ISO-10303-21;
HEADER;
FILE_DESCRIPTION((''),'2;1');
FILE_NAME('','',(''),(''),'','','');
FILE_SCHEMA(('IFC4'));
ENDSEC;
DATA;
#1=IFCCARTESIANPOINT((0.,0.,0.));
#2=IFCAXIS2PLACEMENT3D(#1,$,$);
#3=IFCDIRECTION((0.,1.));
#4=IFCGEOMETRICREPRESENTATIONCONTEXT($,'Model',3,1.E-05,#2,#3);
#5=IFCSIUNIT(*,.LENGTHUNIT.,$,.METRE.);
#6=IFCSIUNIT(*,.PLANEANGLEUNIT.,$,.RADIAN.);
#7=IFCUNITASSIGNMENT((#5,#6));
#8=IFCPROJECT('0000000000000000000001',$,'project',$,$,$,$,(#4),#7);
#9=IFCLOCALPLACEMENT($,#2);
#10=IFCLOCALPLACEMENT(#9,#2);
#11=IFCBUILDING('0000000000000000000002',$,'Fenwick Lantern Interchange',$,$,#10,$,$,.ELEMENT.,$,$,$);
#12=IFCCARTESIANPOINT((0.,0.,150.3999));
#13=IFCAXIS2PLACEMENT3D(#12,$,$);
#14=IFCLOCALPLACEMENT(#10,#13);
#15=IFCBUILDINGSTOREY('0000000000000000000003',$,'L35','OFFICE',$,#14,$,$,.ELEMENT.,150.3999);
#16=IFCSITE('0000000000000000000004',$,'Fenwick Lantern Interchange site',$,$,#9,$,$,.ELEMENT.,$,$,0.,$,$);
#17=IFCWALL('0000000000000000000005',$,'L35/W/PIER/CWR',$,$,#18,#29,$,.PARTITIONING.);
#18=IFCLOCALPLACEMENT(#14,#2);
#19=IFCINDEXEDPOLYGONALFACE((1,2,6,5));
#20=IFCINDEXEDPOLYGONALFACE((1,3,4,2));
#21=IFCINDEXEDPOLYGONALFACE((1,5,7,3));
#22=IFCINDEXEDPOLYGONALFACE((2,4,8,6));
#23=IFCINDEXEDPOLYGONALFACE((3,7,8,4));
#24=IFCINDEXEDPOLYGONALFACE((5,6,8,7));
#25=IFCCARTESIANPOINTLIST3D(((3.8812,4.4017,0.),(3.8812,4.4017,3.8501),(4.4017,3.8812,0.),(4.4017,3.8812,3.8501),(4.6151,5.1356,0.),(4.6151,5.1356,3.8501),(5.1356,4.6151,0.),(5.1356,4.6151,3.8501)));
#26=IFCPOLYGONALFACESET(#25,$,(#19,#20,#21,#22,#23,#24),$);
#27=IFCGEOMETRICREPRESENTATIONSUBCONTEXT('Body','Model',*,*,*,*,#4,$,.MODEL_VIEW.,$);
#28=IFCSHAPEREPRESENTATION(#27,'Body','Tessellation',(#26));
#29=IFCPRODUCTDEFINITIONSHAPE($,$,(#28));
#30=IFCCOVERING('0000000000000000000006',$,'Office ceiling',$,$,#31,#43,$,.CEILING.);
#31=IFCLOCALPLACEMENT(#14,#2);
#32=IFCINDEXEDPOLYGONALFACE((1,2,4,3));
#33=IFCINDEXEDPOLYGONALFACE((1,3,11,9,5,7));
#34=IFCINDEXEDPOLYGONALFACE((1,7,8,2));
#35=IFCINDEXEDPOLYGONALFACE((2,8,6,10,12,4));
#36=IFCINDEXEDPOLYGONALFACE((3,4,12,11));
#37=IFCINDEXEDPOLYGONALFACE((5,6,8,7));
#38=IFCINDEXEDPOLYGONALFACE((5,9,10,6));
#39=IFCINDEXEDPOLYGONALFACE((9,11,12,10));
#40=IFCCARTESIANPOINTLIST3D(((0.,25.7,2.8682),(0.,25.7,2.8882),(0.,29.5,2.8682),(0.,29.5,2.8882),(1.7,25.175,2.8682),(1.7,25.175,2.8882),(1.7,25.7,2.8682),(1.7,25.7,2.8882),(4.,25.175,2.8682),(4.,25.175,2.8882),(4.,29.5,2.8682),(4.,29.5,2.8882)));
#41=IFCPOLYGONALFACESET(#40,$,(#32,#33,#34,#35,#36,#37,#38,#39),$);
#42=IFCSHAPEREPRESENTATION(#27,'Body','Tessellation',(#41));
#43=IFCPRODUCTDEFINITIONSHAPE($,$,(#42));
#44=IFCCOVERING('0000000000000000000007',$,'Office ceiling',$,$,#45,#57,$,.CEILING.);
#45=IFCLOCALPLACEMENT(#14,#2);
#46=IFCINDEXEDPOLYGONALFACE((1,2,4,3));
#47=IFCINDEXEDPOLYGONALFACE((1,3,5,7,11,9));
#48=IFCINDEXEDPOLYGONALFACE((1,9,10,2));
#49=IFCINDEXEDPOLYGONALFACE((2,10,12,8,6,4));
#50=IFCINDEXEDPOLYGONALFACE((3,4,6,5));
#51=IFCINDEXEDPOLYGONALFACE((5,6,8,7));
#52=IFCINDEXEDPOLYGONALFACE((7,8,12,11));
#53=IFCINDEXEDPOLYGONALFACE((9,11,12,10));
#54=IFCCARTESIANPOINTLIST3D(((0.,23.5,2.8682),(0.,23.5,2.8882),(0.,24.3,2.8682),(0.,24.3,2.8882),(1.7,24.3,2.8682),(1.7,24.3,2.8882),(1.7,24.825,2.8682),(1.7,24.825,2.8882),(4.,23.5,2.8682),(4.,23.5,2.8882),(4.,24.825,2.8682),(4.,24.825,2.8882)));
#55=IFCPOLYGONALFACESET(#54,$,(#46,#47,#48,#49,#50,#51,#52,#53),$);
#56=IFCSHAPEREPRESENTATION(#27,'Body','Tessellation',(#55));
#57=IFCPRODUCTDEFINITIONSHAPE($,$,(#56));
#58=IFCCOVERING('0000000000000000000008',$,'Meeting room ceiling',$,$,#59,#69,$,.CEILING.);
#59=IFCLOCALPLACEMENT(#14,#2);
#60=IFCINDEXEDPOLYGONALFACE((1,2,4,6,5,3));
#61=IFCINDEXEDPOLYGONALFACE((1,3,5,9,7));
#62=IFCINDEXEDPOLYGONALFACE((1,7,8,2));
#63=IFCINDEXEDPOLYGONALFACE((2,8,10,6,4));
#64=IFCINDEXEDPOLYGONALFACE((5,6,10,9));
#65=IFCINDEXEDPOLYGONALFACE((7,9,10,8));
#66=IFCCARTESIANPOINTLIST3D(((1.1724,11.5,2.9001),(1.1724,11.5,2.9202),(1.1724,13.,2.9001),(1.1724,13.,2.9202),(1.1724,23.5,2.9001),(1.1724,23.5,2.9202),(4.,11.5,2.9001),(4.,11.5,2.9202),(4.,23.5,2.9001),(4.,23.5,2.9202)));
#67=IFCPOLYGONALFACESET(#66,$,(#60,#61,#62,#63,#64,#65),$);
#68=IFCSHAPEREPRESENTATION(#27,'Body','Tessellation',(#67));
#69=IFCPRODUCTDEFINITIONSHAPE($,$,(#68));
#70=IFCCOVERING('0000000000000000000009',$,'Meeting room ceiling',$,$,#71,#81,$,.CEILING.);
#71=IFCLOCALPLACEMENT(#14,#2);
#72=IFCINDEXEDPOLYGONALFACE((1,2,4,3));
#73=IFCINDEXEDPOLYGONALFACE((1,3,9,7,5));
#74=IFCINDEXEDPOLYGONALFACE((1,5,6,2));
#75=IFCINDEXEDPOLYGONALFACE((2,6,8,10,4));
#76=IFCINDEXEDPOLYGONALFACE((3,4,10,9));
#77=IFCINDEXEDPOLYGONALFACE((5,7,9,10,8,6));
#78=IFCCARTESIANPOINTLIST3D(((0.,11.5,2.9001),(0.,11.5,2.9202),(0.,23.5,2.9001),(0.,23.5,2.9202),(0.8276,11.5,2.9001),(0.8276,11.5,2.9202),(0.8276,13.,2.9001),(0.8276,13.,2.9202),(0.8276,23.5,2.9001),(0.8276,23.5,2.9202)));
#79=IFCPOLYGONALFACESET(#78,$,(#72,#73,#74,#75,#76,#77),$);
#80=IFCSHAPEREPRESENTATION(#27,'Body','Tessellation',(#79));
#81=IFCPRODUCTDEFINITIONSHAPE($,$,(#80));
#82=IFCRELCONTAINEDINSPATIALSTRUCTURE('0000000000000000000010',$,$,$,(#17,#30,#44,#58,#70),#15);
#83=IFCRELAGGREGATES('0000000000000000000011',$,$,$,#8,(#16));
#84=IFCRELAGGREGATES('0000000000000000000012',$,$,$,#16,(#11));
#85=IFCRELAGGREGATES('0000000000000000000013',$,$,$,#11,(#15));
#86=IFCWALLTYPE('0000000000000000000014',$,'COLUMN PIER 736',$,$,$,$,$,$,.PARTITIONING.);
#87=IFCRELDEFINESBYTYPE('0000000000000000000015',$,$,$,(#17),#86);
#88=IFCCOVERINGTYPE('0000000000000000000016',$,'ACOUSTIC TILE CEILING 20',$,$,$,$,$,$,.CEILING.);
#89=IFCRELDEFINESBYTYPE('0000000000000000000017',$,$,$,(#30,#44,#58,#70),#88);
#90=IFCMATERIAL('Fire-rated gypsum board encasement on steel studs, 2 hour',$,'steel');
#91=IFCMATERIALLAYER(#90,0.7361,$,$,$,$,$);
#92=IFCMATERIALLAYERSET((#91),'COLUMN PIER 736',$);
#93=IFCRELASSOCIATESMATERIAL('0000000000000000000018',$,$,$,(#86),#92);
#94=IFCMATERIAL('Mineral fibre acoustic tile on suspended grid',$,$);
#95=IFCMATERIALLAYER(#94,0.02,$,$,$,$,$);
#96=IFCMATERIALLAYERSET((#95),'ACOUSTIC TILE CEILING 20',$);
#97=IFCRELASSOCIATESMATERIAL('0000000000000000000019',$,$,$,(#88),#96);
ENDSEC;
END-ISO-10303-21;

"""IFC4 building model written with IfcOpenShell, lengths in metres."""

from ifc_helpers import new_model, si_unit, direction, frame, frame_2d, origin, place, context, subcontext, project, spatial, polyline, rectangle, outline, extrude, material, layer, layer_set, type_object, element, save


model = new_model("IFC4")

# Units and contexts
model_context = context("Model", 3, precision=1e-05, world=origin(), true_north=direction((0.0, 1.0)))
body_context = subcontext(model_context, "Body", "Model", "MODEL_VIEW")
ifc_project = project(units=[si_unit("LENGTHUNIT", "METRE"), si_unit("PLANEANGLEUNIT", "RADIAN")], contexts=[model_context])

# Site, building, storey
site_placement = place(None, origin())
site = spatial("IfcSite", under=ifc_project, at=site_placement, Name="Fenwick Lantern Interchange site", CompositionType="ELEMENT", RefElevation=0.0)
building_placement = place(site_placement, origin())
building = spatial("IfcBuilding", under=site, at=building_placement, Name="Fenwick Lantern Interchange", CompositionType="ELEMENT")
storey_placement = place(building_placement, frame((0.0, 0.0, 150.3999)))
storey = spatial("IfcBuildingStorey", under=building, at=storey_placement, Name="L35", Description="OFFICE", CompositionType="ELEMENT", Elevation=150.3999)

# Wall
ifc_material_1 = material(Name="Fire-rated gypsum board encasement on steel studs, 2 hour", Category="steel")
ifc_layer_1 = layer(ifc_material_1, 0.7361)
ifc_layer_set_1 = layer_set([ifc_layer_1], Name="COLUMN PIER 736")
wall_type_1 = type_object("IfcWallType", Name="COLUMN PIER 736", PredefinedType="PARTITIONING", material=ifc_layer_set_1)
wall_1_placement = place(storey_placement, frame((4.1414, 4.1414, 0.0), z_axis=(0.0, 0.0, 1.0), x_axis=(0.707107, 0.707107, 0.0)))
element("IfcWall", 1, at=wall_1_placement, inside=storey, type_object=wall_type_1, Name="L35/W/PIER/CWR", PredefinedType="PARTITIONING", context=body_context, shape_type="SweptSolid", body=[
    extrude(rectangle(XDim=1.0378, YDim=0.7361, at=frame_2d((0.519, 0.0))), origin(), (0.0, 0.0, 1.0), 3.8501),
])

# Coverings
ifc_material_2 = material(Name="Mineral fibre acoustic tile on suspended grid")
ifc_layer_2 = layer(ifc_material_2, 0.02)
ifc_layer_set_2 = layer_set([ifc_layer_2], Name="ACOUSTIC TILE CEILING 20")
covering_type_1 = type_object("IfcCoveringType", Name="ACOUSTIC TILE CEILING 20", PredefinedType="CEILING", material=ifc_layer_set_2)
covering_1_placement = place(storey_placement, frame((0.0, 0.0, 2.8682)))
element("IfcCovering", 2, at=covering_1_placement, inside=storey, type_object=covering_type_1, Name="Office ceiling", PredefinedType="CEILING", context=body_context, shape_type="SweptSolid", body=[
    extrude(outline(polyline([(4.0, 29.5), (0.0, 29.5), (0.0, 25.7), (1.7, 25.7), (1.7, 25.175), (4.0, 25.175), (4.0, 29.5)])), origin(), (0.0, 0.0, 1.0), 0.02),
])
covering_2_placement = place(storey_placement, frame((0.0, 0.0, 2.8682)))
element("IfcCovering", 3, at=covering_2_placement, inside=storey, type_object=covering_type_1, Name="Office ceiling", PredefinedType="CEILING", context=body_context, shape_type="SweptSolid", body=[
    extrude(outline(polyline([(4.0, 23.5), (4.0, 24.825), (1.7, 24.825), (1.7, 24.3), (0.0, 24.3), (0.0, 23.5), (4.0, 23.5)])), origin(), (0.0, 0.0, 1.0), 0.02),
])
covering_3_placement = place(storey_placement, frame((0.0, 0.0, 2.9001)))
element("IfcCovering", 4, at=covering_3_placement, inside=storey, type_object=covering_type_1, Name="Meeting room ceiling", PredefinedType="CEILING", context=body_context, shape_type="SweptSolid", body=[
    extrude(outline(polyline([(4.0, 23.5), (1.1724, 23.5), (1.1724, 13.0), (1.1724, 11.5), (4.0, 11.5), (4.0, 23.5)])), origin(), (0.0, 0.0, 1.0), 0.02),
])
covering_4_placement = place(storey_placement, frame((0.0, 0.0, 2.9001)))
element("IfcCovering", 5, at=covering_4_placement, inside=storey, type_object=covering_type_1, Name="Meeting room ceiling", PredefinedType="CEILING", context=body_context, shape_type="SweptSolid", body=[
    extrude(outline(polyline([(0.8276, 23.5), (0.0, 23.5), (0.0, 11.5), (0.8276, 11.5), (0.8276, 13.0), (0.8276, 23.5)])), origin(), (0.0, 0.0, 1.0), 0.02),
])

save(model, "model.ifc")
